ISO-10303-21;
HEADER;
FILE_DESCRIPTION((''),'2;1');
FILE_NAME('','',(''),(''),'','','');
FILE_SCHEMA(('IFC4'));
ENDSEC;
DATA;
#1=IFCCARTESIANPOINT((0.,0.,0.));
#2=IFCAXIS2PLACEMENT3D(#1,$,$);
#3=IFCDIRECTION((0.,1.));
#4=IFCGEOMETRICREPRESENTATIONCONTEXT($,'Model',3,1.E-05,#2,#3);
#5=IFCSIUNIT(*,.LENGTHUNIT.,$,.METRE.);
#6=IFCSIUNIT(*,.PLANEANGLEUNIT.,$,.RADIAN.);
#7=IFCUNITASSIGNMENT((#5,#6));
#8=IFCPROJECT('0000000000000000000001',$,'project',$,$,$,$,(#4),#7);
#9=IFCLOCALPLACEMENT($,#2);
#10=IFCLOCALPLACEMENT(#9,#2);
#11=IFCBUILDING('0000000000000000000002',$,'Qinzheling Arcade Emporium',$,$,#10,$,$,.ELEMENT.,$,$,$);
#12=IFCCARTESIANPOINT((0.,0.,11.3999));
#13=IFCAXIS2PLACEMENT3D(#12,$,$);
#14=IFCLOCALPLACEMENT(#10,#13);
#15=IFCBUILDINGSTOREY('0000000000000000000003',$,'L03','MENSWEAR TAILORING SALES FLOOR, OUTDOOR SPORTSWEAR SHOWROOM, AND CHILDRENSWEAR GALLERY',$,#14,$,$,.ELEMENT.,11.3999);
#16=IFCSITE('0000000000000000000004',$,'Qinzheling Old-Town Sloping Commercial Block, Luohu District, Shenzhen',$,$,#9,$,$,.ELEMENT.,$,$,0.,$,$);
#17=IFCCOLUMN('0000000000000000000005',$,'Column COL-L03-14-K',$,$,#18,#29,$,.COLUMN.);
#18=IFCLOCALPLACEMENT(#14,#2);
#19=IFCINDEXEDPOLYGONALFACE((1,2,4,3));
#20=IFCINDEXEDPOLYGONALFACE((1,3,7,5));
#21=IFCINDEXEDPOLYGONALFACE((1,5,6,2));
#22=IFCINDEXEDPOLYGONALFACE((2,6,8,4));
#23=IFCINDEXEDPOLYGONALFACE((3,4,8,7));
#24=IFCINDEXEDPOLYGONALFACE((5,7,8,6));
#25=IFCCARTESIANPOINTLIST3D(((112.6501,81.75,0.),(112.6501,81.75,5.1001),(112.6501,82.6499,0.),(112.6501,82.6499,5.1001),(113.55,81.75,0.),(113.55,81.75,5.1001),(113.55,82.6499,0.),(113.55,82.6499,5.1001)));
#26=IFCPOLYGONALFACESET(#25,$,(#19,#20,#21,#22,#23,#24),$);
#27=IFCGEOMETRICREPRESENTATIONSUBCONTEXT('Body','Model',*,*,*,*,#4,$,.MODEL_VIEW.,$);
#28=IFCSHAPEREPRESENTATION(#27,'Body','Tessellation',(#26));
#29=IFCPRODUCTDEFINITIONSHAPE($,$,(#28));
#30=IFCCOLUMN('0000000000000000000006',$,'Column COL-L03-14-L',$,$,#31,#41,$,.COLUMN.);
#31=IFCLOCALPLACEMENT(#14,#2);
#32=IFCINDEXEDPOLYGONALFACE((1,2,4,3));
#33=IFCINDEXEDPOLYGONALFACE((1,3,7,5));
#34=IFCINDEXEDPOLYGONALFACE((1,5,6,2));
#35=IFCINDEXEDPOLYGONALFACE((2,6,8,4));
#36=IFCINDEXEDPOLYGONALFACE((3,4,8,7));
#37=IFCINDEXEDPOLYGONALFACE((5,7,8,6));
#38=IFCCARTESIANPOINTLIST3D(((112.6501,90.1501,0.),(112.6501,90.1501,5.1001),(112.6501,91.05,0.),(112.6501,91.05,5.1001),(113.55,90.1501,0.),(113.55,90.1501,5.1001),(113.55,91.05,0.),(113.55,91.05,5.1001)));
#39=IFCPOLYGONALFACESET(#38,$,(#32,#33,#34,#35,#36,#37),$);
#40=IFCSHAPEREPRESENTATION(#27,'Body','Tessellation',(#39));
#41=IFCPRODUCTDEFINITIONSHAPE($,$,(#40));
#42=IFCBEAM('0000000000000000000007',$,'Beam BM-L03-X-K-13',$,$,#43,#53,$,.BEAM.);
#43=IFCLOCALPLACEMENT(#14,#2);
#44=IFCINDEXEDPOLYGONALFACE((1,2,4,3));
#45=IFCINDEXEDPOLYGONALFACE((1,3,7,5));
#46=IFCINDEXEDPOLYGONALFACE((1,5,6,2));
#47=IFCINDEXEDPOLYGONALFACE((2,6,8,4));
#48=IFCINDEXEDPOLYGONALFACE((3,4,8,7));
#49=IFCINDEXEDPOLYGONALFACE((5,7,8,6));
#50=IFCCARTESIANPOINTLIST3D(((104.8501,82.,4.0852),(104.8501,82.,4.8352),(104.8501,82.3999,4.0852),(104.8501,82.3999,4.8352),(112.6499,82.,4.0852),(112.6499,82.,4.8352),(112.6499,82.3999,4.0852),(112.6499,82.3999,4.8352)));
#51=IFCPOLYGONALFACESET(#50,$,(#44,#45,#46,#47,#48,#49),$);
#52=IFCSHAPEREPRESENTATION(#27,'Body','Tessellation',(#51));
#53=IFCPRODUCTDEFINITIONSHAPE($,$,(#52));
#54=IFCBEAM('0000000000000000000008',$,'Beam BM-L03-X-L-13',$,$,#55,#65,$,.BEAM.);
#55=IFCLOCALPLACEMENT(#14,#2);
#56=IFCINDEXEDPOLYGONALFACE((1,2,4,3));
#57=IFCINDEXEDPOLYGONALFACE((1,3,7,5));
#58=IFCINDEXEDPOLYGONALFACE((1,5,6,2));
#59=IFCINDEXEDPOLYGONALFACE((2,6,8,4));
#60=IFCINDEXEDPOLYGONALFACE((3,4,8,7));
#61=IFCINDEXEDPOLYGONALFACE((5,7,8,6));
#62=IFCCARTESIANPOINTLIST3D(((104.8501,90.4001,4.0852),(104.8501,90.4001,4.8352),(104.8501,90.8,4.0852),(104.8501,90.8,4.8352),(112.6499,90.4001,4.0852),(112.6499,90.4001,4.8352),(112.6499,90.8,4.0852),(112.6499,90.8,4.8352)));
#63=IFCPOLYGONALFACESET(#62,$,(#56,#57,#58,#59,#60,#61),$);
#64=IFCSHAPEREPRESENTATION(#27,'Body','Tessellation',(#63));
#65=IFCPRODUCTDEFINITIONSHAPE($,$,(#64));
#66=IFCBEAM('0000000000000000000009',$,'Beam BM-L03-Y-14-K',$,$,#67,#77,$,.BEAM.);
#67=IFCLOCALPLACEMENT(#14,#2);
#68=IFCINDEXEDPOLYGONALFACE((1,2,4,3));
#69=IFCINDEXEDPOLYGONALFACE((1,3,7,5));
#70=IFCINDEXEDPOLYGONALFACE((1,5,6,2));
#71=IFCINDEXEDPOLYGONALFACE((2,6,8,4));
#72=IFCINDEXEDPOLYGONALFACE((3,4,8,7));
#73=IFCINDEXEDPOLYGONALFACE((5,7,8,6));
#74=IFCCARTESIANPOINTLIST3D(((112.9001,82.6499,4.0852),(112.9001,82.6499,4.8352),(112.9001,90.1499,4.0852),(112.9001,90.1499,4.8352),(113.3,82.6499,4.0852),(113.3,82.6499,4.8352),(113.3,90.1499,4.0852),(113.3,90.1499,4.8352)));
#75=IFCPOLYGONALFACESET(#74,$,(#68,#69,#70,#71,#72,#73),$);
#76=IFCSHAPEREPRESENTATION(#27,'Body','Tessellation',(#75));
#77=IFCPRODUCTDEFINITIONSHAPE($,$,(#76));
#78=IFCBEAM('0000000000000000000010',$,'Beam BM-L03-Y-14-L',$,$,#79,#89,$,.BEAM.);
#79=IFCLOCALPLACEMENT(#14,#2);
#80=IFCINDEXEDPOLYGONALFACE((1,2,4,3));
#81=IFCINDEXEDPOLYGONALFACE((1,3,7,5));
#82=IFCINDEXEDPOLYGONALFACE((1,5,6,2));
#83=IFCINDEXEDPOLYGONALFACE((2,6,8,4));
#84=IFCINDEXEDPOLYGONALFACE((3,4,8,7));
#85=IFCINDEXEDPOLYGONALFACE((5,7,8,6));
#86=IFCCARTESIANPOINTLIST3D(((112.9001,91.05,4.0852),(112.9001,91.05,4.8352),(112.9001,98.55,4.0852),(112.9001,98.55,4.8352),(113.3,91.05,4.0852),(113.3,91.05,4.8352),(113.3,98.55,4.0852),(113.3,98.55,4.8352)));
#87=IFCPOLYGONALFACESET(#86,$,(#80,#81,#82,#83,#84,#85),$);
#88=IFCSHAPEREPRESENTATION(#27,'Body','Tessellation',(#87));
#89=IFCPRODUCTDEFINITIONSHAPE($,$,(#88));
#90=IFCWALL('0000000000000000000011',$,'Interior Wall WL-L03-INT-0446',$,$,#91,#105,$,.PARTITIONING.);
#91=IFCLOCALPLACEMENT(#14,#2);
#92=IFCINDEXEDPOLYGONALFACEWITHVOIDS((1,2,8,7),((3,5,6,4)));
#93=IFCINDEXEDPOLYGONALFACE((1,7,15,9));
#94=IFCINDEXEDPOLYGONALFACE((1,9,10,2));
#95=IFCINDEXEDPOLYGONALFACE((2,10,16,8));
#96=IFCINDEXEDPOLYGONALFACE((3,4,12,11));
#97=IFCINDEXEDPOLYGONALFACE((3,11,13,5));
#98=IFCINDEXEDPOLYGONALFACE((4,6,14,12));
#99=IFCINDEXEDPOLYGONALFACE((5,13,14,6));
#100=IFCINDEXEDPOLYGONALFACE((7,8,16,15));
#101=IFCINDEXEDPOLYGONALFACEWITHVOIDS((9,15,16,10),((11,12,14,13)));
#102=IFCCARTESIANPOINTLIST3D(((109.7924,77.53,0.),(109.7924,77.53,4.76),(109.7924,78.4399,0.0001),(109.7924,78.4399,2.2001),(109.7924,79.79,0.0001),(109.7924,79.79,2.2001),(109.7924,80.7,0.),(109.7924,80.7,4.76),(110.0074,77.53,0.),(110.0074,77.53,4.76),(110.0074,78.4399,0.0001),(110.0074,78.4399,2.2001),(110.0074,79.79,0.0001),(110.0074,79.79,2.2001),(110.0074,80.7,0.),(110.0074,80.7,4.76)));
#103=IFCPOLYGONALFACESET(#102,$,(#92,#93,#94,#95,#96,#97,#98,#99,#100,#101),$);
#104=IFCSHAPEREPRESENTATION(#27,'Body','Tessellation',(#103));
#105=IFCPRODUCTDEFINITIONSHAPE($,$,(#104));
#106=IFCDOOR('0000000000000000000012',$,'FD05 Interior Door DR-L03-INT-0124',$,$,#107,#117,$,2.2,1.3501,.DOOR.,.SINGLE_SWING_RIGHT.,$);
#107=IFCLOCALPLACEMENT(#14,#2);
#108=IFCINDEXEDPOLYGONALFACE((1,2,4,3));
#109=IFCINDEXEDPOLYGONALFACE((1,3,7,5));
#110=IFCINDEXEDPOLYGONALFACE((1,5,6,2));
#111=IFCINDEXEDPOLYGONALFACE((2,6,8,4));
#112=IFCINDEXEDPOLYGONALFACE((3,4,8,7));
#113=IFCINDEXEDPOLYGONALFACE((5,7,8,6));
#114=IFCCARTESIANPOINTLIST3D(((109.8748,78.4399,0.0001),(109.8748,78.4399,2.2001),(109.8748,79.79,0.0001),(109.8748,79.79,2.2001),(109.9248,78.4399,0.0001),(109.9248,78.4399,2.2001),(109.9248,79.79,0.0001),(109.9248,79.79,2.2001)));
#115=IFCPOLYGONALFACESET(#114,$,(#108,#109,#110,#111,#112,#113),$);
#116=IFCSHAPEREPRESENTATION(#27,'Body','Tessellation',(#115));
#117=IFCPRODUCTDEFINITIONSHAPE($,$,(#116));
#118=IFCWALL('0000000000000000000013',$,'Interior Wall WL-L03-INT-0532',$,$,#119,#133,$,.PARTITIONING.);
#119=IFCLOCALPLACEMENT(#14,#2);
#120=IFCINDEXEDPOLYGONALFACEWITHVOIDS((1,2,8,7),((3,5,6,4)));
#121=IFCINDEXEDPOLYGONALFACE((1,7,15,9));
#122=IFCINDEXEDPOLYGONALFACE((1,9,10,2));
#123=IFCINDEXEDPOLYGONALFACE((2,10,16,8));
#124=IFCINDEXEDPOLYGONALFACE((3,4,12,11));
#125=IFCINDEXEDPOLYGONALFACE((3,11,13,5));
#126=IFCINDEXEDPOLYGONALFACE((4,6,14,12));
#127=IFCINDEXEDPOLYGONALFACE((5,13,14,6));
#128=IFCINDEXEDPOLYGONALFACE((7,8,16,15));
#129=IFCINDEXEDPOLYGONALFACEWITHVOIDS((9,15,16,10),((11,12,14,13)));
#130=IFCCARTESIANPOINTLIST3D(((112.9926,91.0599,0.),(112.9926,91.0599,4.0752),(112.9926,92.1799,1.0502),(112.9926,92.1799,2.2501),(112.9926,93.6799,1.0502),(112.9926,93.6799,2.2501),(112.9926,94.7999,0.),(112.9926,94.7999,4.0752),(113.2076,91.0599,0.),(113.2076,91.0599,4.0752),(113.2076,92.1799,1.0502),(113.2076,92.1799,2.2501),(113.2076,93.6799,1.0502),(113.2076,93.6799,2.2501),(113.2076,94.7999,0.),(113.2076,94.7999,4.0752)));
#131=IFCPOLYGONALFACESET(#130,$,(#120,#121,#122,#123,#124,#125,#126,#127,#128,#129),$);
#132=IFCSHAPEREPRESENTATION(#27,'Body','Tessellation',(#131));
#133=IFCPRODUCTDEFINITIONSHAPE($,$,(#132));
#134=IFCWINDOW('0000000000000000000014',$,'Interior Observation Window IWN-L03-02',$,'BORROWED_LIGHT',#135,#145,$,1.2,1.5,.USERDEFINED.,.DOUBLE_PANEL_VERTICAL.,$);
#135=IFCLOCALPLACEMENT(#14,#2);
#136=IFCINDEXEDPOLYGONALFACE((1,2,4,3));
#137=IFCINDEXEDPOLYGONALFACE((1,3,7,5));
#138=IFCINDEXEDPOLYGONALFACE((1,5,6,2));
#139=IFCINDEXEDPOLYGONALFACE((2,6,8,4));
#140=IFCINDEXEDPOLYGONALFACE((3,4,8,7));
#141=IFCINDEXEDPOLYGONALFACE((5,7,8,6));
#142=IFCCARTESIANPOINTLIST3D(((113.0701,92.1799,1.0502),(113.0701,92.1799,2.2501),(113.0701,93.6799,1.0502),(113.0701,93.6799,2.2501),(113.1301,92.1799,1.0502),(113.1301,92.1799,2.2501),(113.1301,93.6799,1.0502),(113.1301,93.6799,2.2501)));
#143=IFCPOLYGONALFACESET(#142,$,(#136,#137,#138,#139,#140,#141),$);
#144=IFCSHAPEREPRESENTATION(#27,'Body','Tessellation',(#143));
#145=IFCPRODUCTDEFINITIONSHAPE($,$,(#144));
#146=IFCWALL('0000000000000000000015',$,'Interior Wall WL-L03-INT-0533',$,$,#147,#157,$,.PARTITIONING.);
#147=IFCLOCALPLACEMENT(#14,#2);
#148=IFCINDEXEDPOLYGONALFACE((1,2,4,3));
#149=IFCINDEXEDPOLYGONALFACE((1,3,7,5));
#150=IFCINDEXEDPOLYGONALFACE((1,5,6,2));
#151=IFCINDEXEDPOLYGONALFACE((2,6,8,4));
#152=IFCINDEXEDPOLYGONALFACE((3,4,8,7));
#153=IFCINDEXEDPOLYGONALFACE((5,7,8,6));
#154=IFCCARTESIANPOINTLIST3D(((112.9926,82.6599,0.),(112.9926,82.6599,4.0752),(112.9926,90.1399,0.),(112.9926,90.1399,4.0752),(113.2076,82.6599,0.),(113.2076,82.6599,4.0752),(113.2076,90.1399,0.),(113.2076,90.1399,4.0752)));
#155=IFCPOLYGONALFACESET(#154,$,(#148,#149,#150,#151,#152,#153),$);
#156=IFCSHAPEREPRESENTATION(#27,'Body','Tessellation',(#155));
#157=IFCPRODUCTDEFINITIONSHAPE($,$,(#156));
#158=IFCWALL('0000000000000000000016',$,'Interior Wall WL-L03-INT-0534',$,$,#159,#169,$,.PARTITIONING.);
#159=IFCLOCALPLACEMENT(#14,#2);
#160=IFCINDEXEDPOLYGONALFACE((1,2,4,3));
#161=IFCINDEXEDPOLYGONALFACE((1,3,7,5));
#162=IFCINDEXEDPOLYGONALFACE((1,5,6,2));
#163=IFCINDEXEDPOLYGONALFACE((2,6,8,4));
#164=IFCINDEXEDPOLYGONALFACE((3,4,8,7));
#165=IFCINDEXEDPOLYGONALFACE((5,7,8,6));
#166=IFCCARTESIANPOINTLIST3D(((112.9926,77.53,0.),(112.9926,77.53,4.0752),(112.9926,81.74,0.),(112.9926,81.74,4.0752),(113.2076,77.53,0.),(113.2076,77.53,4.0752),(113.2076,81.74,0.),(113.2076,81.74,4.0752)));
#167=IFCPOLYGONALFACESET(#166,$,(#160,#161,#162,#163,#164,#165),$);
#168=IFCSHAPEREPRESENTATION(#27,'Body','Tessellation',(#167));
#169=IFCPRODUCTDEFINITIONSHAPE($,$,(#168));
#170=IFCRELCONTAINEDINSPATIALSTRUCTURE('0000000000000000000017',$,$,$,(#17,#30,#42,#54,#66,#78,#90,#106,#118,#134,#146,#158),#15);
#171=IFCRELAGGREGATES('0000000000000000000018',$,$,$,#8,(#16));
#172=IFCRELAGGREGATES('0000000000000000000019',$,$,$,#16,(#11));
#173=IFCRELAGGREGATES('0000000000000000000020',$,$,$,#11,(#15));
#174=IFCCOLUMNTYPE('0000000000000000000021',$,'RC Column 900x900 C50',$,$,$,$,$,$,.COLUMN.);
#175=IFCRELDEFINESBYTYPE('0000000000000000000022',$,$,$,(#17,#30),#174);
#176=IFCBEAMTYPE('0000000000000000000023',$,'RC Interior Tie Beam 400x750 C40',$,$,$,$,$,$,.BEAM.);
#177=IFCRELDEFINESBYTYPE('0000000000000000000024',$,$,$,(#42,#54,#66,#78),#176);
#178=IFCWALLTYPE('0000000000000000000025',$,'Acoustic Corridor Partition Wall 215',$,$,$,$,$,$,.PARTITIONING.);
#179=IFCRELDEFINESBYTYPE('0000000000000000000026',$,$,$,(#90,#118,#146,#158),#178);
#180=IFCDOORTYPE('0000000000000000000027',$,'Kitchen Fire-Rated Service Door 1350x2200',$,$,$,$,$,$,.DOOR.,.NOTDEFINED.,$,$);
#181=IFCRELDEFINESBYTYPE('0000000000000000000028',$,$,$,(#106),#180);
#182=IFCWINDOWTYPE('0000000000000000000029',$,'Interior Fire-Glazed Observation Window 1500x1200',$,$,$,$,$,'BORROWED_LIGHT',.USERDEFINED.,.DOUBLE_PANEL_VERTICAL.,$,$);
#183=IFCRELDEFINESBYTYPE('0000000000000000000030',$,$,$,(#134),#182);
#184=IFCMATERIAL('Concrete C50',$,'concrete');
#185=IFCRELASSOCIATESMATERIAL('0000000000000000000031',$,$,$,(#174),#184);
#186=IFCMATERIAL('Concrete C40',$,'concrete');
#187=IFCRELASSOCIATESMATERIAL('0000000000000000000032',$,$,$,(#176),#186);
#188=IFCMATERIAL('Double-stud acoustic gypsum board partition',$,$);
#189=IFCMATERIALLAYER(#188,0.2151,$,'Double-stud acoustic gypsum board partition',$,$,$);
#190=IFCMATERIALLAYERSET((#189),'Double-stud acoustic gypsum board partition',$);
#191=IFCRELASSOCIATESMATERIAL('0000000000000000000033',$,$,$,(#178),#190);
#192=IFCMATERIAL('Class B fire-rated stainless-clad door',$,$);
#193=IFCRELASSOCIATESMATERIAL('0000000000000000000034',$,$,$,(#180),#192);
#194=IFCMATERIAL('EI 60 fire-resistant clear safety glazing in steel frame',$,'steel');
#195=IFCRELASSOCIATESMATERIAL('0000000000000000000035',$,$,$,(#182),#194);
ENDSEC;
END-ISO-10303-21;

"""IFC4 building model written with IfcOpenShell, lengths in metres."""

from ifc_helpers import new_model, si_unit, direction, frame, frame_2d, origin, origin_2d, place, context, subcontext, project, spatial, rectangle, extrude, material, layer, layer_set, material_profile, profile_set, type_object, element, fill, save


model = new_model("IFC4")

# Units and contexts
model_context = context("Model", 3, precision=1e-05, world=origin(), true_north=direction((0.0, 1.0)))
body_context = subcontext(model_context, "Body", "Model", "MODEL_VIEW")
ifc_project = project(units=[si_unit("LENGTHUNIT", "METRE"), si_unit("PLANEANGLEUNIT", "RADIAN")], contexts=[model_context])

# Site, building, storey
site_placement = place(None, origin())
site = spatial("IfcSite", under=ifc_project, at=site_placement, Name="Qinzheling Old-Town Sloping Commercial Block, Luohu District, Shenzhen", CompositionType="ELEMENT", RefElevation=0.0)
building_placement = place(site_placement, origin())
building = spatial("IfcBuilding", under=site, at=building_placement, Name="Qinzheling Arcade Emporium", CompositionType="ELEMENT")
storey_placement = place(building_placement, frame((0.0, 0.0, 11.3999)))
storey = spatial("IfcBuildingStorey", under=building, at=storey_placement, Name="L03", Description="MENSWEAR TAILORING SALES FLOOR, OUTDOOR SPORTSWEAR SHOWROOM, AND CHILDRENSWEAR GALLERY", CompositionType="ELEMENT", Elevation=11.3999)

# Columns
ifc_material_1 = material(Name="Concrete C50", Category="concrete")
ifc_material_profile_1 = material_profile(ifc_material_1, rectangle(XDim=0.8999, YDim=0.8999, at=origin_2d()), Name="RC 900x900", Category="concrete")
ifc_profile_set_1 = profile_set([ifc_material_profile_1], Name="Concrete C50")
column_type = type_object("IfcColumnType", Name="RC Column 900x900 C50", PredefinedType="COLUMN", material=ifc_profile_set_1)
for number, where, z_axis, x_axis, name in (
    (1, (113.1001, 82.2, 0.0), (0.0, 0.0, 1.0), (1.0, 0.0, 0.0), "Column COL-L03-14-K"),
    (2, (113.1001, 90.6001, 0.0), (0.0, 0.0, 1.0), (1.0, 0.0, 0.0), "Column COL-L03-14-L"),
):
    element("IfcColumn", number, at=place(storey_placement, frame(where, z_axis=z_axis, x_axis=x_axis)), inside=storey, type_object=column_type, Name=name, PredefinedType="COLUMN", context=body_context, shape_type="SweptSolid", body=[
        extrude(rectangle(XDim=0.8999, YDim=0.8999, at=origin_2d()), origin(), (0.0, 0.0, 1.0), 5.1001),
    ])

# Beams
ifc_material_2 = material(Name="Concrete C40", Category="concrete")
ifc_material_profile_2 = material_profile(ifc_material_2, rectangle(XDim=0.3999, YDim=0.75, at=origin_2d()), Name="RC 400x750", Category="concrete")
ifc_profile_set_2 = profile_set([ifc_material_profile_2], Name="Concrete C40")
beam_type = type_object("IfcBeamType", Name="RC Interior Tie Beam 400x750 C40", PredefinedType="BEAM", material=ifc_profile_set_2)
for number, where, z_axis, x_axis, name in (
    (3, (104.8501, 82.2, 4.4602), (1.0, 0.0, 0.0), (0.0, 1.0, 0.0), "Beam BM-L03-X-K-13"),
    (4, (104.8501, 90.6001, 4.4602), (1.0, 0.0, 0.0), (0.0, 1.0, 0.0), "Beam BM-L03-X-L-13"),
):
    element("IfcBeam", number, at=place(storey_placement, frame(where, z_axis=z_axis, x_axis=x_axis)), inside=storey, type_object=beam_type, Name=name, PredefinedType="BEAM", context=body_context, shape_type="SweptSolid", body=[
        extrude(rectangle(XDim=0.3999, YDim=0.75, at=origin_2d()), origin(), (0.0, 0.0, 1.0), 7.7998),
    ])
for number, where, z_axis, x_axis, name in (
    (5, (113.1001, 82.6499, 4.4602), (0.0, 1.0, 0.0), (-1.0, 0.0, 0.0), "Beam BM-L03-Y-14-K"),
    (6, (113.1001, 91.05, 4.4602), (0.0, 1.0, 0.0), (-1.0, 0.0, 0.0), "Beam BM-L03-Y-14-L"),
):
    element("IfcBeam", number, at=place(storey_placement, frame(where, z_axis=z_axis, x_axis=x_axis)), inside=storey, type_object=beam_type, Name=name, PredefinedType="BEAM", context=body_context, shape_type="SweptSolid", body=[
        extrude(rectangle(XDim=0.3999, YDim=0.75, at=origin_2d()), origin(), (0.0, 0.0, 1.0), 7.5),
    ])

# Wall, opening, door
ifc_material_3 = material(Name="Double-stud acoustic gypsum board partition")
ifc_layer_1 = layer(ifc_material_3, 0.2151, Name="Double-stud acoustic gypsum board partition")
ifc_layer_set_1 = layer_set([ifc_layer_1], Name="Double-stud acoustic gypsum board partition")
wall_type_1 = type_object("IfcWallType", Name="Acoustic Corridor Partition Wall 215", PredefinedType="PARTITIONING", material=ifc_layer_set_1)
wall_1_placement = place(storey_placement, frame((109.8999, 80.7, 0.0), z_axis=(0.0, 0.0, 1.0), x_axis=(0.0, -1.0, 0.0)))
wall_1 = element("IfcWall", 7, at=wall_1_placement, inside=storey, type_object=wall_type_1, Name="Interior Wall WL-L03-INT-0446", PredefinedType="PARTITIONING", context=body_context, shape_type="SweptSolid", body=[
    extrude(rectangle(XDim=3.1699, YDim=0.2151, at=frame_2d((1.585, 0.0))), origin(), (0.0, 0.0, 1.0), 4.76),
])
opening_1_placement = place(wall_1_placement, frame((0.9099, 0.0, 0.0)))
opening_1 = element("IfcOpeningElement", 8, at=opening_1_placement, cuts=wall_1, PredefinedType="OPENING", context=body_context, shape_type="SweptSolid", body=[
    extrude(rectangle(XDim=1.3501, YDim=2.2, at=frame_2d((0.675, 1.1001))), frame((0.0, 0.1177, 0.0), z_axis=(0.0, -1.0, 0.0), x_axis=(1.0, 0.0, 0.0)), (0.0, 0.0, 1.0), 0.2351),
])
ifc_material_4 = material(Name="Class B fire-rated stainless-clad door")
door_type_1 = type_object("IfcDoorType", Name="Kitchen Fire-Rated Service Door 1350x2200", OperationType="NOTDEFINED", PredefinedType="DOOR", material=ifc_material_4)
door_1_placement = place(opening_1_placement, origin())
door_1 = element("IfcDoor", 9, at=door_1_placement, inside=storey, type_object=door_type_1, Name="FD05 Interior Door DR-L03-INT-0124", OperationType="SINGLE_SWING_RIGHT", OverallHeight=2.2, OverallWidth=1.3501, PredefinedType="DOOR", context=body_context, shape_type="SweptSolid", body=[
    extrude(rectangle(XDim=1.3501, YDim=2.2, at=frame_2d((0.675, 1.1001))), frame((0.0, 0.0249, 0.0), z_axis=(0.0, -1.0, 0.0), x_axis=(1.0, 0.0, 0.0)), (0.0, 0.0, 1.0), 0.05),
])
fill(opening_1, door_1)

# Wall, opening, window
wall_2_placement = place(storey_placement, frame((113.1001, 94.8, 0.0), z_axis=(0.0, 0.0, 1.0), x_axis=(0.0, -1.0, 0.0)))
wall_2 = element("IfcWall", 10, at=wall_2_placement, inside=storey, type_object=wall_type_1, Name="Interior Wall WL-L03-INT-0532", PredefinedType="PARTITIONING", context=body_context, shape_type="SweptSolid", body=[
    extrude(rectangle(XDim=3.74, YDim=0.2151, at=frame_2d((1.8701, 0.0))), origin(), (0.0, 0.0, 1.0), 4.0752),
])
opening_2_placement = place(wall_2_placement, frame((1.1201, 0.0, 1.05)))
opening_2 = element("IfcOpeningElement", 11, at=opening_2_placement, cuts=wall_2, PredefinedType="OPENING", context=body_context, shape_type="SweptSolid", body=[
    extrude(rectangle(XDim=1.5, YDim=1.2, at=frame_2d((0.75, 0.6001))), frame((0.0, 0.1177, 0.0), z_axis=(0.0, -1.0, 0.0), x_axis=(1.0, 0.0, 0.0)), (0.0, 0.0, 1.0), 0.2351),
])
ifc_material_5 = material(Name="EI 60 fire-resistant clear safety glazing in steel frame", Category="steel")
window_type = type_object("IfcWindowType", Name="Interior Fire-Glazed Observation Window 1500x1200", ElementType="BORROWED_LIGHT", PartitioningType="DOUBLE_PANEL_VERTICAL", PredefinedType="USERDEFINED", material=ifc_material_5)
window_placement = place(opening_2_placement, origin())
window = element("IfcWindow", 12, at=window_placement, inside=storey, type_object=window_type, Name="Interior Observation Window IWN-L03-02", ObjectType="BORROWED_LIGHT", OverallHeight=1.2, OverallWidth=1.5, PartitioningType="DOUBLE_PANEL_VERTICAL", PredefinedType="USERDEFINED", context=body_context, shape_type="SweptSolid", body=[
    extrude(rectangle(XDim=1.5, YDim=1.2, at=frame_2d((0.75, 0.6001))), frame((0.0, 0.03, 0.0), z_axis=(0.0, -1.0, 0.0), x_axis=(1.0, 0.0, 0.0)), (0.0, 0.0, 1.0), 0.0601),
])
fill(opening_2, window)

# Walls
wall_3_placement = place(storey_placement, frame((113.1001, 90.1399, 0.0), z_axis=(0.0, 0.0, 1.0), x_axis=(0.0, -1.0, 0.0)))
element("IfcWall", 13, at=wall_3_placement, inside=storey, type_object=wall_type_1, Name="Interior Wall WL-L03-INT-0533", PredefinedType="PARTITIONING", context=body_context, shape_type="SweptSolid", body=[
    extrude(rectangle(XDim=7.48, YDim=0.2151, at=frame_2d((3.74, 0.0))), origin(), (0.0, 0.0, 1.0), 4.0752),
])
wall_4_placement = place(storey_placement, frame((113.1001, 81.74, 0.0), z_axis=(0.0, 0.0, 1.0), x_axis=(0.0, -1.0, 0.0)))
element("IfcWall", 14, at=wall_4_placement, inside=storey, type_object=wall_type_1, Name="Interior Wall WL-L03-INT-0534", PredefinedType="PARTITIONING", context=body_context, shape_type="SweptSolid", body=[
    extrude(rectangle(XDim=4.21, YDim=0.2151, at=frame_2d((2.105, 0.0))), origin(), (0.0, 0.0, 1.0), 4.0752),
])

save(model, "model.ifc")
